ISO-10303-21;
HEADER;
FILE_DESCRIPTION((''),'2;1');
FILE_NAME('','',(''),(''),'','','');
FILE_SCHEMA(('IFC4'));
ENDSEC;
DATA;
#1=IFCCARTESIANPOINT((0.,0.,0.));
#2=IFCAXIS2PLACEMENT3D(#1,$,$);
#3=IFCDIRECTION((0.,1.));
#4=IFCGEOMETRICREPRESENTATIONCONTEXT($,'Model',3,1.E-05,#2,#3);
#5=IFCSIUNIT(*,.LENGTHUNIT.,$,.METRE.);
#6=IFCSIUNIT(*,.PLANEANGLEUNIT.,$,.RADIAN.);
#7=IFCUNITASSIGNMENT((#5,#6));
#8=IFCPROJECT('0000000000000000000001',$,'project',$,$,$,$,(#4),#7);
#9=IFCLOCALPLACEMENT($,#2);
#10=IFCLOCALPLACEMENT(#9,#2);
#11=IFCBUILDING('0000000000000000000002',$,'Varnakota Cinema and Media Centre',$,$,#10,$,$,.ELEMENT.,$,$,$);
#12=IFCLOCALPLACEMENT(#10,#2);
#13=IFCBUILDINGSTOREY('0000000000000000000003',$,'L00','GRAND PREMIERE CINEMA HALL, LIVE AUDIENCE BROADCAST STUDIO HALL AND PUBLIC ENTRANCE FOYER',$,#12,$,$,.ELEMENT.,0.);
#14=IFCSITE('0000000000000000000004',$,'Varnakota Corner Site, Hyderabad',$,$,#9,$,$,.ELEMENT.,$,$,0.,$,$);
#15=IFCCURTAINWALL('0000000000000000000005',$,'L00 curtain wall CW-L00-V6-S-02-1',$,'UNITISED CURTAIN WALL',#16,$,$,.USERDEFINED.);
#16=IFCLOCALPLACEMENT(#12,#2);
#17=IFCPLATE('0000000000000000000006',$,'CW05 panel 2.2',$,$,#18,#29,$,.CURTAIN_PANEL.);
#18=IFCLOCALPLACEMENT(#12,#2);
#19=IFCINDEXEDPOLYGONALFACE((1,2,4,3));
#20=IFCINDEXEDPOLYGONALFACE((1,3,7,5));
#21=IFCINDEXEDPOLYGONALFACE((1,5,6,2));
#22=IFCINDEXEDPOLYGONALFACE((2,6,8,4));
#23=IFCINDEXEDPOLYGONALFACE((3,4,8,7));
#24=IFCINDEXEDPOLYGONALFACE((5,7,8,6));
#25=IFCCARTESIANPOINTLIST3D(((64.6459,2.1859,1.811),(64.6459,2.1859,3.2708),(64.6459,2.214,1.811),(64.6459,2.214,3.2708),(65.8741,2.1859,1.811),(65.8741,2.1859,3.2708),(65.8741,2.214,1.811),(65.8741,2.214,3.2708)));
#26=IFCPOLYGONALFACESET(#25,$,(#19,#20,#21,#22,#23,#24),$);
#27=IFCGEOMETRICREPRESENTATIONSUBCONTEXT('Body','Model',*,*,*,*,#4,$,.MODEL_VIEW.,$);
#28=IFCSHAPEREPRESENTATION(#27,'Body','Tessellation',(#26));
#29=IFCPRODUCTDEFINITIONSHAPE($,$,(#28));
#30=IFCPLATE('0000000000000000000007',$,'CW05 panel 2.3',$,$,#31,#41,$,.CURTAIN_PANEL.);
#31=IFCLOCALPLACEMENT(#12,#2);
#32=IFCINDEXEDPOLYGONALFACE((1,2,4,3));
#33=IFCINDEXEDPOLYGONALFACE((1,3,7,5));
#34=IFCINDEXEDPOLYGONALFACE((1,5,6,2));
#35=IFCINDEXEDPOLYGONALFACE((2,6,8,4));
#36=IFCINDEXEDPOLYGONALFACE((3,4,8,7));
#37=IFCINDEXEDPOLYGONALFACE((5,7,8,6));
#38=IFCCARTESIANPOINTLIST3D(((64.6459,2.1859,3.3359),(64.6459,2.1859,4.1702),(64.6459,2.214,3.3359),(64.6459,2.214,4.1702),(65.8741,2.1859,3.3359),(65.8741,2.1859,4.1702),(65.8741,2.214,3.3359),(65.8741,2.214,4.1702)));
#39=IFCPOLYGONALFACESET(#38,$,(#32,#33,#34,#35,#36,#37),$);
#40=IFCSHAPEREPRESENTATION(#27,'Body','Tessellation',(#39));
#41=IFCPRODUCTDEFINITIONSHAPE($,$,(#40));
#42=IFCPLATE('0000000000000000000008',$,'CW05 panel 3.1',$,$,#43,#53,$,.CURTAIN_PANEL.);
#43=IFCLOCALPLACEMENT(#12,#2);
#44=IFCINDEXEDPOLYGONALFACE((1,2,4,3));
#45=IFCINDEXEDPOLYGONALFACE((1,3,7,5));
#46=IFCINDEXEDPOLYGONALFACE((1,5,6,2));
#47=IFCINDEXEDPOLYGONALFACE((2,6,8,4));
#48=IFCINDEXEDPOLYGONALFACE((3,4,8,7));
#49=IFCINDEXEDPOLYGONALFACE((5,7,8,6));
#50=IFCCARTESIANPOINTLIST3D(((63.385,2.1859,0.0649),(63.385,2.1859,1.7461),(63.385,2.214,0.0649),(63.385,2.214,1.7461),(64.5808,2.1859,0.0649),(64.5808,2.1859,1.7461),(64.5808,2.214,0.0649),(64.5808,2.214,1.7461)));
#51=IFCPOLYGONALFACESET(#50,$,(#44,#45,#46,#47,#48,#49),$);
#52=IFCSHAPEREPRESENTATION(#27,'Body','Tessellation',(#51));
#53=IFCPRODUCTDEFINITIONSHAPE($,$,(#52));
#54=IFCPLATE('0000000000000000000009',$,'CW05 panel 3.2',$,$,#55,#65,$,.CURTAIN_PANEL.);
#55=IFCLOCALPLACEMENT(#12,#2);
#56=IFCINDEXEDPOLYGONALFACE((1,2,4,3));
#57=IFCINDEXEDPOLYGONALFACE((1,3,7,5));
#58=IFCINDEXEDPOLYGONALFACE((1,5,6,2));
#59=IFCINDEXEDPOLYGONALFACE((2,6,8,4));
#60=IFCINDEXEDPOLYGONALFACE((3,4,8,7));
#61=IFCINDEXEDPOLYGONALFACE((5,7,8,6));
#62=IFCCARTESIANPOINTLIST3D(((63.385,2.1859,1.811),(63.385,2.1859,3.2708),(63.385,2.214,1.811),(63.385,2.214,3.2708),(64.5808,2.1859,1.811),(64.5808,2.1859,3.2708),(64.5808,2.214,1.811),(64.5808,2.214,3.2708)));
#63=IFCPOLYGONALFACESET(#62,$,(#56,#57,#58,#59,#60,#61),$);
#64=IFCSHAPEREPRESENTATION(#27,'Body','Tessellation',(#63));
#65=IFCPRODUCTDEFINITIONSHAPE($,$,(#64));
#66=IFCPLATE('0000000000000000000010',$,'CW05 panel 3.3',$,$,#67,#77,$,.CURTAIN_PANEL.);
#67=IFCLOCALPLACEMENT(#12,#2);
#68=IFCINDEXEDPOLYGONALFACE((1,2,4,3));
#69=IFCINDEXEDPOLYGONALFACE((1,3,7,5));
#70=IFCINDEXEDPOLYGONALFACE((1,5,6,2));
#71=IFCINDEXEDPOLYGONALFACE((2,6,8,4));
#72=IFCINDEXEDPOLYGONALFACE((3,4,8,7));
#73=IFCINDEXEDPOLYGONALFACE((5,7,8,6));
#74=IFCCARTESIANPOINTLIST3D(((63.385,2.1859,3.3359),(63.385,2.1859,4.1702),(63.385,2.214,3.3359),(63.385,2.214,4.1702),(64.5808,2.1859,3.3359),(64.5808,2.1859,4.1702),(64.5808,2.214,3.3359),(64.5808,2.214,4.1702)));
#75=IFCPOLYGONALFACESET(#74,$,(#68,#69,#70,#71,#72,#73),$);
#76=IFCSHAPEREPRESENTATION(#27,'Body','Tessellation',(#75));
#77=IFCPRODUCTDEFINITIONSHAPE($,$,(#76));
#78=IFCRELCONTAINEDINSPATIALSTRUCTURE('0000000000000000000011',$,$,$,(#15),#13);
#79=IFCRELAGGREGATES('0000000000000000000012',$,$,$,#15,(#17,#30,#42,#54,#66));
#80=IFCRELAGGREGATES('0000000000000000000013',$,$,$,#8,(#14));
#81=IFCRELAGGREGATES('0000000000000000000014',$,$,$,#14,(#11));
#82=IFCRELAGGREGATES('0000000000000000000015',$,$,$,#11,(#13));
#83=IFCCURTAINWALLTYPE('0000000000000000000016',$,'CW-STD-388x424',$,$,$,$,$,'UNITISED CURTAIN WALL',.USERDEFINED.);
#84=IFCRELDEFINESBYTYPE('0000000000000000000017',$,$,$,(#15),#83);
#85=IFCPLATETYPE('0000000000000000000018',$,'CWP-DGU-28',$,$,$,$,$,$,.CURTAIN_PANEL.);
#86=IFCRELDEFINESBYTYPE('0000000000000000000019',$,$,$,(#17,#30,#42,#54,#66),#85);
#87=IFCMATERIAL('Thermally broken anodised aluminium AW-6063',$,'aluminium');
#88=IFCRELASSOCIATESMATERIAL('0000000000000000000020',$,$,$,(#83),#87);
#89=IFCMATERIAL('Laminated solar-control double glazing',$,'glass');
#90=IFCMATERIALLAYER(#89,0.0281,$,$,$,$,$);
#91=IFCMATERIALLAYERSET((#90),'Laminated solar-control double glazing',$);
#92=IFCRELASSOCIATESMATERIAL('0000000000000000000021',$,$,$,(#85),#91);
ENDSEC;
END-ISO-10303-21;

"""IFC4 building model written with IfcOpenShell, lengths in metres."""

from ifc_helpers import new_model, si_unit, direction, frame, origin, origin_2d, place, context, subcontext, project, spatial, rectangle, extrude, material, layer, layer_set, type_object, element, aggregate, save


model = new_model("IFC4")

# Units and contexts
model_context = context("Model", 3, precision=1e-05, world=origin(), true_north=direction((0.0, 1.0)))
body_context = subcontext(model_context, "Body", "Model", "MODEL_VIEW")
ifc_project = project(units=[si_unit("LENGTHUNIT", "METRE"), si_unit("PLANEANGLEUNIT", "RADIAN")], contexts=[model_context])

# Site, building, storey
site_placement = place(None, origin())
site = spatial("IfcSite", under=ifc_project, at=site_placement, Name="Varnakota Corner Site, Hyderabad", CompositionType="ELEMENT", RefElevation=0.0)
building_placement = place(site_placement, origin())
building = spatial("IfcBuilding", under=site, at=building_placement, Name="Varnakota Cinema and Media Centre", CompositionType="ELEMENT")
storey_placement = place(building_placement, origin())
storey = spatial("IfcBuildingStorey", under=building, at=storey_placement, Name="L00", Description="GRAND PREMIERE CINEMA HALL, LIVE AUDIENCE BROADCAST STUDIO HALL AND PUBLIC ENTRANCE FOYER", CompositionType="ELEMENT", Elevation=0.0)

# Curtain wall
ifc_material_1 = material(Name="Thermally broken anodised aluminium AW-6063", Category="aluminium")
curtain_wall_type = type_object("IfcCurtainWallType", Name="CW-STD-388x424", ElementType="UNITISED CURTAIN WALL", PredefinedType="USERDEFINED", material=ifc_material_1)
curtain_wall_1_placement = place(storey_placement, origin())
curtain_wall_1 = element("IfcCurtainWall", 1, at=curtain_wall_1_placement, inside=storey, type_object=curtain_wall_type, Name="L00 curtain wall CW-L00-V6-S-02-1", ObjectType="UNITISED CURTAIN WALL", PredefinedType="USERDEFINED")

# Plates
ifc_material_2 = material(Name="Laminated solar-control double glazing", Category="glass")
ifc_layer = layer(ifc_material_2, 0.0281)
ifc_layer_set = layer_set([ifc_layer], Name="Laminated solar-control double glazing")
plate_type = type_object("IfcPlateType", Name="CWP-DGU-28", PredefinedType="CURTAIN_PANEL", material=ifc_layer_set)
plate_1_placement = place(storey_placement, frame((65.26, 2.2, 1.811), z_axis=(0.0, 0.0, 1.0), x_axis=(-1.0, 0.0, 0.0)))
plate_1 = element("IfcPlate", 2, at=plate_1_placement, type_object=plate_type, Name="CW05 panel 2.2", PredefinedType="CURTAIN_PANEL", context=body_context, shape_type="SweptSolid", body=[
    extrude(rectangle(XDim=1.2283, YDim=0.0281, at=origin_2d()), origin(), (0.0, 0.0, 1.0), 1.4597),
])
plate_2_placement = place(storey_placement, frame((65.26, 2.2, 3.3359), z_axis=(0.0, 0.0, 1.0), x_axis=(-1.0, 0.0, 0.0)))
plate_2 = element("IfcPlate", 3, at=plate_2_placement, type_object=plate_type, Name="CW05 panel 2.3", PredefinedType="CURTAIN_PANEL", context=body_context, shape_type="SweptSolid", body=[
    extrude(rectangle(XDim=1.2283, YDim=0.0281, at=origin_2d()), origin(), (0.0, 0.0, 1.0), 0.8342),
])
plate_3_placement = place(storey_placement, frame((63.9829, 2.2, 0.0649), z_axis=(0.0, 0.0, 1.0), x_axis=(-1.0, 0.0, 0.0)))
plate_3 = element("IfcPlate", 4, at=plate_3_placement, type_object=plate_type, Name="CW05 panel 3.1", PredefinedType="CURTAIN_PANEL", context=body_context, shape_type="SweptSolid", body=[
    extrude(rectangle(XDim=1.1958, YDim=0.0281, at=origin_2d()), origin(), (0.0, 0.0, 1.0), 1.6812),
])
plate_4_placement = place(storey_placement, frame((63.9829, 2.2, 1.811), z_axis=(0.0, 0.0, 1.0), x_axis=(-1.0, 0.0, 0.0)))
plate_4 = element("IfcPlate", 5, at=plate_4_placement, type_object=plate_type, Name="CW05 panel 3.2", PredefinedType="CURTAIN_PANEL", context=body_context, shape_type="SweptSolid", body=[
    extrude(rectangle(XDim=1.1958, YDim=0.0281, at=origin_2d()), origin(), (0.0, 0.0, 1.0), 1.4597),
])
plate_5_placement = place(storey_placement, frame((63.9829, 2.2, 3.3359), z_axis=(0.0, 0.0, 1.0), x_axis=(-1.0, 0.0, 0.0)))
plate_5 = element("IfcPlate", 6, at=plate_5_placement, type_object=plate_type, Name="CW05 panel 3.3", PredefinedType="CURTAIN_PANEL", context=body_context, shape_type="SweptSolid", body=[
    extrude(rectangle(XDim=1.1958, YDim=0.0281, at=origin_2d()), origin(), (0.0, 0.0, 1.0), 0.8342),
])
aggregate(curtain_wall_1, [plate_1, plate_2, plate_3, plate_4, plate_5])

save(model, "model.ifc")
